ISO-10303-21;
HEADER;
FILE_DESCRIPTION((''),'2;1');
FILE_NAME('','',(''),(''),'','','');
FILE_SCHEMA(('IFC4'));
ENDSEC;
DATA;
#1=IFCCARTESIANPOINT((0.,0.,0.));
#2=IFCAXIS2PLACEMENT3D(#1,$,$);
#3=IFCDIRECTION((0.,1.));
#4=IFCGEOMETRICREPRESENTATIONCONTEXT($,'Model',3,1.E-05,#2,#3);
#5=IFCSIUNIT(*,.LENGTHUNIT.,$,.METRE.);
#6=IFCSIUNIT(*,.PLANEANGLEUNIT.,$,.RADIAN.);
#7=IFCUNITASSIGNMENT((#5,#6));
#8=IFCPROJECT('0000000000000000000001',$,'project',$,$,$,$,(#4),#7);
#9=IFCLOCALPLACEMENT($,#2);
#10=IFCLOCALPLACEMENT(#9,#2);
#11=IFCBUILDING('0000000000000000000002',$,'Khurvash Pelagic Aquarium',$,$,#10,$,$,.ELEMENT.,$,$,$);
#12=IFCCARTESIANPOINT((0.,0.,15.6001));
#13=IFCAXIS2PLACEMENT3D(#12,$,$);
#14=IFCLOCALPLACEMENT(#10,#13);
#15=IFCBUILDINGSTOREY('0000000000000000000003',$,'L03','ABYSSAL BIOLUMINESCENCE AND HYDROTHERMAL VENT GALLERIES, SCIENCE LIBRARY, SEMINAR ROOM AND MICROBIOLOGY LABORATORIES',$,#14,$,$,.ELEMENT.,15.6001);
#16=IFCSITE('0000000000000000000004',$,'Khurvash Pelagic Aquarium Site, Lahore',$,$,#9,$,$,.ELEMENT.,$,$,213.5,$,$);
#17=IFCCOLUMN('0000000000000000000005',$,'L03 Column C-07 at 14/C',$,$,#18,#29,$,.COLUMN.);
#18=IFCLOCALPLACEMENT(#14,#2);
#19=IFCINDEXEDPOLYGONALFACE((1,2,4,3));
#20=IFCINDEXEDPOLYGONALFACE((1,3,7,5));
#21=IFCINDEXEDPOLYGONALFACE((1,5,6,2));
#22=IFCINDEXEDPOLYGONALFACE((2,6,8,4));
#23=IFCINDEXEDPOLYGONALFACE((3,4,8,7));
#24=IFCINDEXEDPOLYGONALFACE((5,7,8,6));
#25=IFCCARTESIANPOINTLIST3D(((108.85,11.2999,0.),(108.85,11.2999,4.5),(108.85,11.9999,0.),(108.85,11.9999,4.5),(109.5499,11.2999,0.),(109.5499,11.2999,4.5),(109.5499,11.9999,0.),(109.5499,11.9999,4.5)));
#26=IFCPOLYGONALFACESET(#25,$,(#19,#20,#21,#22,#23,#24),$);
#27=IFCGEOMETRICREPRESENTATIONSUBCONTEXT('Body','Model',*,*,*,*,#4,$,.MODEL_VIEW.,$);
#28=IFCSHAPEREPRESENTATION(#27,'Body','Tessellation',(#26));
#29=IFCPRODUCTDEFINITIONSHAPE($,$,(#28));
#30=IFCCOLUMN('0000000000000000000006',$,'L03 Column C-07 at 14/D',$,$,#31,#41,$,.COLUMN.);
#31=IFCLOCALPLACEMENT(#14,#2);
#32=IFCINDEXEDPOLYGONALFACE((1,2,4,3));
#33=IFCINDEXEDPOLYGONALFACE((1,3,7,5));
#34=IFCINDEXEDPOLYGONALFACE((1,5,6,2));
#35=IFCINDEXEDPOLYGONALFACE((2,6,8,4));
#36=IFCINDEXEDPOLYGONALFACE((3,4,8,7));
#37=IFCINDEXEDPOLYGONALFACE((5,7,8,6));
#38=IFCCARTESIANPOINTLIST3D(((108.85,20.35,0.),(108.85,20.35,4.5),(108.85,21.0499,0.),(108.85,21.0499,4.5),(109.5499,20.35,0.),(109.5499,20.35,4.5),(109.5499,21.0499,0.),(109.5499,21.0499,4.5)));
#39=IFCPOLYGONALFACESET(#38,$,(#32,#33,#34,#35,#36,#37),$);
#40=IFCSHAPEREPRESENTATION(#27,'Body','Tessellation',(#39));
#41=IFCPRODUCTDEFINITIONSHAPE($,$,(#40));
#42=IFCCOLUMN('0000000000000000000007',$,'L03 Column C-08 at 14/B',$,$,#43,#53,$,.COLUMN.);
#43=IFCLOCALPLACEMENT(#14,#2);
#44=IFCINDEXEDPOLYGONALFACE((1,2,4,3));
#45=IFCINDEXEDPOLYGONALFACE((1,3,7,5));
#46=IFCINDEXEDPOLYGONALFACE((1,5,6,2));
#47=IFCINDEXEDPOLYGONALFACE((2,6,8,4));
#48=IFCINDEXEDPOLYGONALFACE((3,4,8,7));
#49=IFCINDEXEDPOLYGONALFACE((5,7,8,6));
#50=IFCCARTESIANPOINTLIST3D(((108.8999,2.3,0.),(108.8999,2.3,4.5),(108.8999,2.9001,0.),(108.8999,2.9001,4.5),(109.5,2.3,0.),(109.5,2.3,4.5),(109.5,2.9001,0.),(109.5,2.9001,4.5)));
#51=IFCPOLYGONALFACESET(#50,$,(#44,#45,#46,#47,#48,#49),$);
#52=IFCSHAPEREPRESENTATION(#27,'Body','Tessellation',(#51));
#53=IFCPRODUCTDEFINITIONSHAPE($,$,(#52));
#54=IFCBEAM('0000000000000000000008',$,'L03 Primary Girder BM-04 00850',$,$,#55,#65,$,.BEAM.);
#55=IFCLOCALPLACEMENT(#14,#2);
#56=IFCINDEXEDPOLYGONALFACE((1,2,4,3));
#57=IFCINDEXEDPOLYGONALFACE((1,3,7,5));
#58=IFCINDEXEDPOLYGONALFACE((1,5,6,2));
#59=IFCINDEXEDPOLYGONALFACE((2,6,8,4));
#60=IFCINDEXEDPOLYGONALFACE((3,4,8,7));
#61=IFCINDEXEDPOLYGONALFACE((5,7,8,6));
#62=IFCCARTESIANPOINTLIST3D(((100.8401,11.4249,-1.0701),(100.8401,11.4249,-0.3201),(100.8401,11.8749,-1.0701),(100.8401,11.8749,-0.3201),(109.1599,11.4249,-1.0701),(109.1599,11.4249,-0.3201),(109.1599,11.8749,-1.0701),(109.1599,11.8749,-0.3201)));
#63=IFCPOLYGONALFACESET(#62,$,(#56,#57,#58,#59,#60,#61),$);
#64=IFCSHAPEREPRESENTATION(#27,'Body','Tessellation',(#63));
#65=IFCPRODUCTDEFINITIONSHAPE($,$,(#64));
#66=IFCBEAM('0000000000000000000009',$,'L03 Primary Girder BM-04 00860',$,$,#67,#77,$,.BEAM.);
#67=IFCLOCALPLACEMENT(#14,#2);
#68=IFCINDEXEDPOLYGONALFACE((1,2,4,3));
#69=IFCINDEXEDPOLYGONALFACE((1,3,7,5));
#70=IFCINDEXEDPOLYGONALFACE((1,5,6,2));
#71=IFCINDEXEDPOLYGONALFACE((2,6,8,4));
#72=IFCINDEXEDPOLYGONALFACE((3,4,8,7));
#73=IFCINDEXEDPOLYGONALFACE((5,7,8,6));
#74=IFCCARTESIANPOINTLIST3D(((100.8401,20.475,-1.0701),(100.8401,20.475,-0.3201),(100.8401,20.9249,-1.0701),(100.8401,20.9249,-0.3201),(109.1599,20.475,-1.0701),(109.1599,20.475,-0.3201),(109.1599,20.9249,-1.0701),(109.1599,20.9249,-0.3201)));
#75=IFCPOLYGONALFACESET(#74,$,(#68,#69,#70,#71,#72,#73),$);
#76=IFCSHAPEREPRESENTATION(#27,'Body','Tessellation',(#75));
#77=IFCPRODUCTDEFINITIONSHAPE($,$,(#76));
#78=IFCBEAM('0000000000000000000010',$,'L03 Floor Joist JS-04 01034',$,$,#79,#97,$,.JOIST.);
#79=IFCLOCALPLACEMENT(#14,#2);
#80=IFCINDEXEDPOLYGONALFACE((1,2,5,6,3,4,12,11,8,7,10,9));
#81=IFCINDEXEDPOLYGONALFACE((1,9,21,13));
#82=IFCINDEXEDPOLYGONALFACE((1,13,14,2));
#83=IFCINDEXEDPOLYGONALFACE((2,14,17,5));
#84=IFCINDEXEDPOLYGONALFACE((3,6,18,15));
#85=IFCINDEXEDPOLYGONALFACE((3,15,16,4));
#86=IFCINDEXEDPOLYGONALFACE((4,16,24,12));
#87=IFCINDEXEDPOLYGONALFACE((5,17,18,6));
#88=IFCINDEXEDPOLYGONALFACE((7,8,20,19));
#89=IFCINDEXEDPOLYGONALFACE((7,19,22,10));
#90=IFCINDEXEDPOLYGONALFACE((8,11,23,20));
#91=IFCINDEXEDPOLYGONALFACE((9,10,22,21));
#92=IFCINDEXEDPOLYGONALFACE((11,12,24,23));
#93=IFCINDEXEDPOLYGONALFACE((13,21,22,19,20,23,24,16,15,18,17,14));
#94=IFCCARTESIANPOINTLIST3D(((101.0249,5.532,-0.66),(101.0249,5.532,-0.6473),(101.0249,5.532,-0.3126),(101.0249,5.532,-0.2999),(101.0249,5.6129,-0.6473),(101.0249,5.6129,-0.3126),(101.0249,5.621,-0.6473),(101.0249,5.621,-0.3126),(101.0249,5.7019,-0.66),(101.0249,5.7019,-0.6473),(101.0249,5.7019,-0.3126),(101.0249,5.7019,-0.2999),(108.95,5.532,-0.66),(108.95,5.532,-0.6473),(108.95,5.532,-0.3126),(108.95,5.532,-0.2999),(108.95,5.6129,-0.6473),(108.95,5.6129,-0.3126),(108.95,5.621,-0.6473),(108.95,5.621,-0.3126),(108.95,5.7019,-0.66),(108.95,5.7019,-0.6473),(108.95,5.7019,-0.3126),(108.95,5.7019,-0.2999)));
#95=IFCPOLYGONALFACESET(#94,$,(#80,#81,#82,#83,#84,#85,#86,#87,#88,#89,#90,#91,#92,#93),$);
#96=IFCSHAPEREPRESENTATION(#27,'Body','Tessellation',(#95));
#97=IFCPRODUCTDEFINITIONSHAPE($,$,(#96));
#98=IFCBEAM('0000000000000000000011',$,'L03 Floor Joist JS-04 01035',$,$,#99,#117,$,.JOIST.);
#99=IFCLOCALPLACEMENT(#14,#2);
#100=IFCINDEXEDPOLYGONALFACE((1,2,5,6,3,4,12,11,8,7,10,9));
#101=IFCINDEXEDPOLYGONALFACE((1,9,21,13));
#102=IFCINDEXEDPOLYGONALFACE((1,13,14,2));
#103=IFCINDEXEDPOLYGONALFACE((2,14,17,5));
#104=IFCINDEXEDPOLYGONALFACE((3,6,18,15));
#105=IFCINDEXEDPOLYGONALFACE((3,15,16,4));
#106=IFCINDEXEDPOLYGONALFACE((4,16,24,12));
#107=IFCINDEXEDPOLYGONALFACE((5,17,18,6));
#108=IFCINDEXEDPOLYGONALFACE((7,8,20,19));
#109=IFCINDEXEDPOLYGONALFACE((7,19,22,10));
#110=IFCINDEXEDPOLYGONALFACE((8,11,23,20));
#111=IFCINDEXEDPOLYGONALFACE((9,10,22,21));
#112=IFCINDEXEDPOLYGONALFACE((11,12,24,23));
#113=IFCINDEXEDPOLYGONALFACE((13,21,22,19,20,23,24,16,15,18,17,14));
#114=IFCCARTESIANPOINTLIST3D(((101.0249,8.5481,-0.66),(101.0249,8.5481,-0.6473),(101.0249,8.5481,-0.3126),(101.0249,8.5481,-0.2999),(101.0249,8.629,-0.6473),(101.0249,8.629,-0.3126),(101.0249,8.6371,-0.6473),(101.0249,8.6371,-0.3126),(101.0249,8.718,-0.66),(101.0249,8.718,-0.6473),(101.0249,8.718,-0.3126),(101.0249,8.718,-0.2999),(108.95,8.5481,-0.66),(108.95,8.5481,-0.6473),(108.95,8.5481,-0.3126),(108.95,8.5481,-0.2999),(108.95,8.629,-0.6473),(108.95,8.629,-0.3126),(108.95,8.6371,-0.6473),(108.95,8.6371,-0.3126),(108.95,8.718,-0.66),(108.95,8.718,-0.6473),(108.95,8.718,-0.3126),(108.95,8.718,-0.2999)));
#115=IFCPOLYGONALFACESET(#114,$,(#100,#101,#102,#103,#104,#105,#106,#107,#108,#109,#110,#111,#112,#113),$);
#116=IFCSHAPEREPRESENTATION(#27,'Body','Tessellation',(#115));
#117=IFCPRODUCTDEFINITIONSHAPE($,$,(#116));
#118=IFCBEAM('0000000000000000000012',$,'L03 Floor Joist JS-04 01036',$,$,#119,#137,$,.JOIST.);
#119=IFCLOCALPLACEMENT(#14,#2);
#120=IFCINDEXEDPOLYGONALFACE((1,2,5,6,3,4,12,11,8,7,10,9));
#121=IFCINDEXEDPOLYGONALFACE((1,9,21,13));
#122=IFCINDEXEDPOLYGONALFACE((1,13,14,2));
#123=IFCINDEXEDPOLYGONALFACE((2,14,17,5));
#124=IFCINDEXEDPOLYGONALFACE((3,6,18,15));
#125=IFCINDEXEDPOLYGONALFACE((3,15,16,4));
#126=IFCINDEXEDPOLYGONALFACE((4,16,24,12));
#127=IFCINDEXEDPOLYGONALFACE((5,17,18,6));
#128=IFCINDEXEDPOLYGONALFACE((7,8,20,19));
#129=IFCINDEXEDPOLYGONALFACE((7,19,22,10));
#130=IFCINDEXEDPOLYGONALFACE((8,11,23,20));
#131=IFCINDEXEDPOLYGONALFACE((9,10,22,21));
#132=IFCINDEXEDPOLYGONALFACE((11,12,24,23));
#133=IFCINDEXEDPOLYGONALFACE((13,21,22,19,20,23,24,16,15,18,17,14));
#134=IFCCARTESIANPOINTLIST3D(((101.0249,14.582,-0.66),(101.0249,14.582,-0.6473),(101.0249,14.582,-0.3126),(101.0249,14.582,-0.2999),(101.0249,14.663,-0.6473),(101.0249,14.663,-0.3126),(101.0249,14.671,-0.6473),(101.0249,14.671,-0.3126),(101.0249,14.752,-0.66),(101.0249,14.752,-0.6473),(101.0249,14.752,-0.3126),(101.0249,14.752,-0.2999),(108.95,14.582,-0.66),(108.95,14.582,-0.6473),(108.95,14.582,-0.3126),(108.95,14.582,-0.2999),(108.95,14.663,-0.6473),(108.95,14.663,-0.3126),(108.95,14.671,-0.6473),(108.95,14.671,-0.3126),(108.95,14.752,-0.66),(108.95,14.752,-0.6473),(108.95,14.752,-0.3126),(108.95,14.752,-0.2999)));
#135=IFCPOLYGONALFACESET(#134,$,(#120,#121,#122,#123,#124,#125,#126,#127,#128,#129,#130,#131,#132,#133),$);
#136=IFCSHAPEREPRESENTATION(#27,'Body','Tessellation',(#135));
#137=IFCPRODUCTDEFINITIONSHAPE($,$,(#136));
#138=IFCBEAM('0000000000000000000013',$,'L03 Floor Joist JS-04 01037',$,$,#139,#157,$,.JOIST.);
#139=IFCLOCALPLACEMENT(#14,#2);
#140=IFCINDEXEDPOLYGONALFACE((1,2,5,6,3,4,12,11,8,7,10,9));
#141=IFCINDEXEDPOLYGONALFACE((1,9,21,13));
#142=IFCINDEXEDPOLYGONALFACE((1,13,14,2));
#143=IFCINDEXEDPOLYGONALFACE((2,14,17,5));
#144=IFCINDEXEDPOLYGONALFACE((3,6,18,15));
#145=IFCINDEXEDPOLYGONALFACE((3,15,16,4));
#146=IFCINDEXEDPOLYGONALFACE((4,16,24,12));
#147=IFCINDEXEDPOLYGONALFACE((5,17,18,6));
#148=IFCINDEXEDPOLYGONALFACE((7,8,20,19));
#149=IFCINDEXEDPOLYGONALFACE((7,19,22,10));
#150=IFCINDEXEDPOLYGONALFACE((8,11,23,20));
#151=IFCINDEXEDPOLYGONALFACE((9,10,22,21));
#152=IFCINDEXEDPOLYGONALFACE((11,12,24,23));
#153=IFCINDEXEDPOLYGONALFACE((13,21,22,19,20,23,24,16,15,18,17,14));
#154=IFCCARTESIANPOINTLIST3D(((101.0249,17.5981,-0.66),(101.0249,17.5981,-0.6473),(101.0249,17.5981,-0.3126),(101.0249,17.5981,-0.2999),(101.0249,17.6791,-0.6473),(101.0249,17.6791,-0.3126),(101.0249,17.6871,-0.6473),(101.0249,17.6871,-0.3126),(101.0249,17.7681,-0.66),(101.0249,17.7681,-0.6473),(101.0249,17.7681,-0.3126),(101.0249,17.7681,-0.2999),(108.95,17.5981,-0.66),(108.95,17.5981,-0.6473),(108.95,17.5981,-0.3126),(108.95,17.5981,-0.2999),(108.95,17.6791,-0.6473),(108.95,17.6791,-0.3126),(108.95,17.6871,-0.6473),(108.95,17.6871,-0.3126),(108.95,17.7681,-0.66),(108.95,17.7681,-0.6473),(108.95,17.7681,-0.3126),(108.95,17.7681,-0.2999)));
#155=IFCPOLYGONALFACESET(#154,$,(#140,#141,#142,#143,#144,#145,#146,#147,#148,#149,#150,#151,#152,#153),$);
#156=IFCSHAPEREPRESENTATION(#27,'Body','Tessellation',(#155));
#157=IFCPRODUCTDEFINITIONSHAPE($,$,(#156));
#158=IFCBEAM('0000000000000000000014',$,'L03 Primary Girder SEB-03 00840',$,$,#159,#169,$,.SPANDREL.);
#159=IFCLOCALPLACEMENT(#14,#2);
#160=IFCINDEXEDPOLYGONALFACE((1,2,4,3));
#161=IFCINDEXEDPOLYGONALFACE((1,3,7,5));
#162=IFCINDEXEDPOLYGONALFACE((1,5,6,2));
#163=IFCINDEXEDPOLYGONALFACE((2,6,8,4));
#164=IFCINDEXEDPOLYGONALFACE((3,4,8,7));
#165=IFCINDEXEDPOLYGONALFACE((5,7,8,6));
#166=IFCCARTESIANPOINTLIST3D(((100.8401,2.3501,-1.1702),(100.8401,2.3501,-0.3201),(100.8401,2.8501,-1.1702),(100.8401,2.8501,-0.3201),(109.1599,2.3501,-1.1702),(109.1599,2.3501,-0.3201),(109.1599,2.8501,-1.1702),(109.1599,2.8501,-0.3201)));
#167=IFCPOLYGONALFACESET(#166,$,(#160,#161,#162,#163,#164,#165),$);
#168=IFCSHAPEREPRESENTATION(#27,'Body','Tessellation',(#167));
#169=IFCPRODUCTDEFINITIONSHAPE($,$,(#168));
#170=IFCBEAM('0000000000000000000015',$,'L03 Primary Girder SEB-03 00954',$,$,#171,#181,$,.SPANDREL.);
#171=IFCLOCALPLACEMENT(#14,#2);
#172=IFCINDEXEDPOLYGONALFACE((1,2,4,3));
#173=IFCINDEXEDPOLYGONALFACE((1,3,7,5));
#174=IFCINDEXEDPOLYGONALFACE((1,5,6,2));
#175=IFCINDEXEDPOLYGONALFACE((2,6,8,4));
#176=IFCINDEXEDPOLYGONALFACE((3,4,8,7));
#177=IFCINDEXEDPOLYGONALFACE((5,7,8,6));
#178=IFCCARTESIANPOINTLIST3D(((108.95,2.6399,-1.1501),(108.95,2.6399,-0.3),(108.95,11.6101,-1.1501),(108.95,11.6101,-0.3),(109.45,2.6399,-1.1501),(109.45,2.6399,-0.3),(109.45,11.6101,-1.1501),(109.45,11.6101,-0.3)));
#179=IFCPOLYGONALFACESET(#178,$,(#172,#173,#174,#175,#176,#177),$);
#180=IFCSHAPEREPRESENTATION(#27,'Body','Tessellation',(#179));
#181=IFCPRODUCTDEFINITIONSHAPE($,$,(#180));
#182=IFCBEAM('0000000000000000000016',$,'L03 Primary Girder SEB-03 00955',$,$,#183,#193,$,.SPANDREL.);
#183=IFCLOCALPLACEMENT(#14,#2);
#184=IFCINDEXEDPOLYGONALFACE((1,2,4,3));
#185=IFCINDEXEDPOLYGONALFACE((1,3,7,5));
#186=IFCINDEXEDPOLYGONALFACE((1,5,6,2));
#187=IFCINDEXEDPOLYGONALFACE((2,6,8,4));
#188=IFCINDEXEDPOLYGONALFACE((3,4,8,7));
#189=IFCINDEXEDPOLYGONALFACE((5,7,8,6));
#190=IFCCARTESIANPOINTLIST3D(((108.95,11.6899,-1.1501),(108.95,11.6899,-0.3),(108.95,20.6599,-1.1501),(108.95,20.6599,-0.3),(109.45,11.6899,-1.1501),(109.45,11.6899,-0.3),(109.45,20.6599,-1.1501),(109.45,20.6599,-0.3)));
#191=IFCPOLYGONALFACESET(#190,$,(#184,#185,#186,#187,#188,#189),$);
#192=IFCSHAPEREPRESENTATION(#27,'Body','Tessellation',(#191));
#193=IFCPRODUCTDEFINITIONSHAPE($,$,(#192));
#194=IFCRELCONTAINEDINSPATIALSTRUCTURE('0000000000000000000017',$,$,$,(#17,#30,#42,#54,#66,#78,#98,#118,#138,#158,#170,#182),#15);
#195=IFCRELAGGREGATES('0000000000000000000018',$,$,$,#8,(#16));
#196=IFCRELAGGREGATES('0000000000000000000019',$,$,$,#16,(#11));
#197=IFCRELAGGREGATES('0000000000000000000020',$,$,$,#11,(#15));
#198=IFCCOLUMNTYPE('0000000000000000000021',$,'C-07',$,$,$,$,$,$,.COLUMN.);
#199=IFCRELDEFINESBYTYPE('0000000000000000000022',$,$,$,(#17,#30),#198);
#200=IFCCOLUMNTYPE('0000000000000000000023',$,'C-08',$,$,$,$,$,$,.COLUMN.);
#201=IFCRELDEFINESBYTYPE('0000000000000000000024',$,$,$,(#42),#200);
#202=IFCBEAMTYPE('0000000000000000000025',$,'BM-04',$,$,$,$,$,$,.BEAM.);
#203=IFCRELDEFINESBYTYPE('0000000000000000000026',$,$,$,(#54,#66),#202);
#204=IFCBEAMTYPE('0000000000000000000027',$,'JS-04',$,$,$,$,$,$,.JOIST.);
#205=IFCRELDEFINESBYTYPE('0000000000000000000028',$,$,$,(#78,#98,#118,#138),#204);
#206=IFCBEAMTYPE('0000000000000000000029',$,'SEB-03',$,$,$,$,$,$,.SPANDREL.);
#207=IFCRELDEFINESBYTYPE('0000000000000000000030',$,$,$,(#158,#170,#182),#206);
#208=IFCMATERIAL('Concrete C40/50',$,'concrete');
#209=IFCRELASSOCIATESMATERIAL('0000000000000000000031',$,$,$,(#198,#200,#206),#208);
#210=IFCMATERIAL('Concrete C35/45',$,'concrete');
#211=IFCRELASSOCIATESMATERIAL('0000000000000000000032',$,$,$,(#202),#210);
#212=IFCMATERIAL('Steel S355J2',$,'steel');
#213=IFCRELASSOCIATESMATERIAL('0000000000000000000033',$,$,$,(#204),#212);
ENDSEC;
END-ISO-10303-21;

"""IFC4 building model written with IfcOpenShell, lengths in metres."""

from ifc_helpers import new_model, si_unit, direction, frame, origin, origin_2d, place, context, subcontext, project, spatial, rectangle, i_section, extrude, material, material_profile, profile_set, type_object, element, save


model = new_model("IFC4")

# Units and contexts
model_context = context("Model", 3, precision=1e-05, world=origin(), true_north=direction((0.0, 1.0)))
body_context = subcontext(model_context, "Body", "Model", "MODEL_VIEW")
ifc_project = project(units=[si_unit("LENGTHUNIT", "METRE"), si_unit("PLANEANGLEUNIT", "RADIAN")], contexts=[model_context])

# Site, building, storey
site_placement = place(None, origin())
site = spatial("IfcSite", under=ifc_project, at=site_placement, Name="Khurvash Pelagic Aquarium Site, Lahore", CompositionType="ELEMENT", RefElevation=213.5)
building_placement = place(site_placement, origin())
building = spatial("IfcBuilding", under=site, at=building_placement, Name="Khurvash Pelagic Aquarium", CompositionType="ELEMENT")
storey_placement = place(building_placement, frame((0.0, 0.0, 15.6001)))
storey = spatial("IfcBuildingStorey", under=building, at=storey_placement, Name="L03", Description="ABYSSAL BIOLUMINESCENCE AND HYDROTHERMAL VENT GALLERIES, SCIENCE LIBRARY, SEMINAR ROOM AND MICROBIOLOGY LABORATORIES", CompositionType="ELEMENT", Elevation=15.6001)

# Columns
ifc_material_1 = material(Name="Concrete C40/50", Category="concrete")
ifc_material_profile_1 = material_profile(ifc_material_1, rectangle(XDim=0.7, YDim=0.7, at=origin_2d()), Name="RC700X700")
ifc_profile_set_1 = profile_set([ifc_material_profile_1], Name="Concrete C40/50")
column_type_1 = type_object("IfcColumnType", Name="C-07", PredefinedType="COLUMN", material=ifc_profile_set_1)
for number, where, z_axis, x_axis, name in (
    (1, (109.2, 11.6499, 0.0), (0.0, 0.0, 1.0), (1.0, 0.0, 0.0), "L03 Column C-07 at 14/C"),
    (2, (109.2, 20.7, 0.0), (0.0, 0.0, 1.0), (1.0, 0.0, 0.0), "L03 Column C-07 at 14/D"),
):
    element("IfcColumn", number, at=place(storey_placement, frame(where, z_axis=z_axis, x_axis=x_axis)), inside=storey, type_object=column_type_1, Name=name, PredefinedType="COLUMN", context=body_context, shape_type="SweptSolid", body=[
        extrude(rectangle(XDim=0.7, YDim=0.7, at=origin_2d()), origin(), (0.0, 0.0, 1.0), 4.5),
    ])
ifc_material_profile_2 = material_profile(ifc_material_1, rectangle(XDim=0.6001, YDim=0.6001, at=origin_2d()), Name="RC600X600")
ifc_profile_set_2 = profile_set([ifc_material_profile_2], Name="Concrete C40/50")
column_type_2 = type_object("IfcColumnType", Name="C-08", PredefinedType="COLUMN", material=ifc_profile_set_2)
column_placement = place(storey_placement, frame((109.2, 2.6001, 0.0), z_axis=(0.0, 0.0, 1.0), x_axis=(1.0, 0.0, 0.0)))
element("IfcColumn", 3, at=column_placement, inside=storey, type_object=column_type_2, Name="L03 Column C-08 at 14/B", PredefinedType="COLUMN", context=body_context, shape_type="SweptSolid", body=[
    extrude(rectangle(XDim=0.6001, YDim=0.6001, at=origin_2d()), origin(), (0.0, 0.0, 1.0), 4.5),
])

# Beams
ifc_material_2 = material(Name="Concrete C35/45", Category="concrete")
ifc_material_profile_3 = material_profile(ifc_material_2, rectangle(XDim=0.45, YDim=0.75, at=origin_2d()), Name="RC450X750")
ifc_profile_set_3 = profile_set([ifc_material_profile_3], Name="Concrete C35/45")
beam_type_1 = type_object("IfcBeamType", Name="BM-04", PredefinedType="BEAM", material=ifc_profile_set_3)
for number, where, z_axis, x_axis, name in (
    (4, (100.8401, 11.6499, -0.6951), (1.0, 0.0, 0.0), (0.0, 1.0, 0.0), "L03 Primary Girder BM-04 00850"),
    (5, (100.8401, 20.7, -0.6951), (1.0, 0.0, 0.0), (0.0, 1.0, 0.0), "L03 Primary Girder BM-04 00860"),
):
    element("IfcBeam", number, at=place(storey_placement, frame(where, z_axis=z_axis, x_axis=x_axis)), inside=storey, type_object=beam_type_1, Name=name, PredefinedType="BEAM", context=body_context, shape_type="SweptSolid", body=[
        extrude(rectangle(XDim=0.45, YDim=0.75, at=origin_2d()), origin(), (0.0, 0.0, 1.0), 8.3198),
    ])
ifc_material_3 = material(Name="Steel S355J2", Category="steel")
ifc_material_profile_4 = material_profile(ifc_material_3, i_section(OverallWidth=0.1699, OverallDepth=0.3601, WebThickness=0.0081, FlangeThickness=0.0127, at=origin_2d()), Name="IPE360")
ifc_profile_set_4 = profile_set([ifc_material_profile_4], Name="Steel S355J2")
beam_type_2 = type_object("IfcBeamType", Name="JS-04", PredefinedType="JOIST", material=ifc_profile_set_4)
for number, where, z_axis, x_axis, name in (
    (6, (101.0249, 5.6169, -0.48), (1.0, 0.0, 0.0), (0.0, 1.0, 0.0), "L03 Floor Joist JS-04 01034"),
    (7, (101.0249, 8.6331, -0.48), (1.0, 0.0, 0.0), (0.0, 1.0, 0.0), "L03 Floor Joist JS-04 01035"),
    (8, (101.0249, 14.667, -0.48), (1.0, 0.0, 0.0), (0.0, 1.0, 0.0), "L03 Floor Joist JS-04 01036"),
    (9, (101.0249, 17.6831, -0.48), (1.0, 0.0, 0.0), (0.0, 1.0, 0.0), "L03 Floor Joist JS-04 01037"),
):
    element("IfcBeam", number, at=place(storey_placement, frame(where, z_axis=z_axis, x_axis=x_axis)), inside=storey, type_object=beam_type_2, Name=name, PredefinedType="JOIST", context=body_context, shape_type="SweptSolid", body=[
        extrude(i_section(OverallWidth=0.1699, OverallDepth=0.3601, WebThickness=0.0081, FlangeThickness=0.0127, at=origin_2d()), origin(), (0.0, 0.0, 1.0), 7.925),
    ])
ifc_material_profile_5 = material_profile(ifc_material_1, rectangle(XDim=0.5, YDim=0.8501, at=origin_2d()), Name="RC500X850")
ifc_profile_set_5 = profile_set([ifc_material_profile_5], Name="Concrete C40/50")
beam_type_3 = type_object("IfcBeamType", Name="SEB-03", PredefinedType="SPANDREL", material=ifc_profile_set_5)
beam_1_placement = place(storey_placement, frame((100.8401, 2.6001, -0.7451), z_axis=(1.0, 0.0, 0.0), x_axis=(0.0, 1.0, 0.0)))
element("IfcBeam", 10, at=beam_1_placement, inside=storey, type_object=beam_type_3, Name="L03 Primary Girder SEB-03 00840", PredefinedType="SPANDREL", context=body_context, shape_type="SweptSolid", body=[
    extrude(rectangle(XDim=0.5, YDim=0.8501, at=origin_2d()), origin(), (0.0, 0.0, 1.0), 8.3198),
])
beam_2_placement = place(storey_placement, frame((109.2, 2.6399, -0.7251), z_axis=(0.0, 1.0, 0.0), x_axis=(-1.0, 0.0, 0.0)))
element("IfcBeam", 11, at=beam_2_placement, inside=storey, type_object=beam_type_3, Name="L03 Primary Girder SEB-03 00954", PredefinedType="SPANDREL", context=body_context, shape_type="SweptSolid", body=[
    extrude(rectangle(XDim=0.5, YDim=0.8501, at=origin_2d()), origin(), (0.0, 0.0, 1.0), 8.9702),
])
beam_3_placement = place(storey_placement, frame((109.2, 11.6899, -0.7251), z_axis=(0.0, 1.0, 0.0), x_axis=(-1.0, 0.0, 0.0)))
element("IfcBeam", 12, at=beam_3_placement, inside=storey, type_object=beam_type_3, Name="L03 Primary Girder SEB-03 00955", PredefinedType="SPANDREL", context=body_context, shape_type="SweptSolid", body=[
    extrude(rectangle(XDim=0.5, YDim=0.8501, at=origin_2d()), origin(), (0.0, 0.0, 1.0), 8.97),
])

save(model, "model.ifc")
